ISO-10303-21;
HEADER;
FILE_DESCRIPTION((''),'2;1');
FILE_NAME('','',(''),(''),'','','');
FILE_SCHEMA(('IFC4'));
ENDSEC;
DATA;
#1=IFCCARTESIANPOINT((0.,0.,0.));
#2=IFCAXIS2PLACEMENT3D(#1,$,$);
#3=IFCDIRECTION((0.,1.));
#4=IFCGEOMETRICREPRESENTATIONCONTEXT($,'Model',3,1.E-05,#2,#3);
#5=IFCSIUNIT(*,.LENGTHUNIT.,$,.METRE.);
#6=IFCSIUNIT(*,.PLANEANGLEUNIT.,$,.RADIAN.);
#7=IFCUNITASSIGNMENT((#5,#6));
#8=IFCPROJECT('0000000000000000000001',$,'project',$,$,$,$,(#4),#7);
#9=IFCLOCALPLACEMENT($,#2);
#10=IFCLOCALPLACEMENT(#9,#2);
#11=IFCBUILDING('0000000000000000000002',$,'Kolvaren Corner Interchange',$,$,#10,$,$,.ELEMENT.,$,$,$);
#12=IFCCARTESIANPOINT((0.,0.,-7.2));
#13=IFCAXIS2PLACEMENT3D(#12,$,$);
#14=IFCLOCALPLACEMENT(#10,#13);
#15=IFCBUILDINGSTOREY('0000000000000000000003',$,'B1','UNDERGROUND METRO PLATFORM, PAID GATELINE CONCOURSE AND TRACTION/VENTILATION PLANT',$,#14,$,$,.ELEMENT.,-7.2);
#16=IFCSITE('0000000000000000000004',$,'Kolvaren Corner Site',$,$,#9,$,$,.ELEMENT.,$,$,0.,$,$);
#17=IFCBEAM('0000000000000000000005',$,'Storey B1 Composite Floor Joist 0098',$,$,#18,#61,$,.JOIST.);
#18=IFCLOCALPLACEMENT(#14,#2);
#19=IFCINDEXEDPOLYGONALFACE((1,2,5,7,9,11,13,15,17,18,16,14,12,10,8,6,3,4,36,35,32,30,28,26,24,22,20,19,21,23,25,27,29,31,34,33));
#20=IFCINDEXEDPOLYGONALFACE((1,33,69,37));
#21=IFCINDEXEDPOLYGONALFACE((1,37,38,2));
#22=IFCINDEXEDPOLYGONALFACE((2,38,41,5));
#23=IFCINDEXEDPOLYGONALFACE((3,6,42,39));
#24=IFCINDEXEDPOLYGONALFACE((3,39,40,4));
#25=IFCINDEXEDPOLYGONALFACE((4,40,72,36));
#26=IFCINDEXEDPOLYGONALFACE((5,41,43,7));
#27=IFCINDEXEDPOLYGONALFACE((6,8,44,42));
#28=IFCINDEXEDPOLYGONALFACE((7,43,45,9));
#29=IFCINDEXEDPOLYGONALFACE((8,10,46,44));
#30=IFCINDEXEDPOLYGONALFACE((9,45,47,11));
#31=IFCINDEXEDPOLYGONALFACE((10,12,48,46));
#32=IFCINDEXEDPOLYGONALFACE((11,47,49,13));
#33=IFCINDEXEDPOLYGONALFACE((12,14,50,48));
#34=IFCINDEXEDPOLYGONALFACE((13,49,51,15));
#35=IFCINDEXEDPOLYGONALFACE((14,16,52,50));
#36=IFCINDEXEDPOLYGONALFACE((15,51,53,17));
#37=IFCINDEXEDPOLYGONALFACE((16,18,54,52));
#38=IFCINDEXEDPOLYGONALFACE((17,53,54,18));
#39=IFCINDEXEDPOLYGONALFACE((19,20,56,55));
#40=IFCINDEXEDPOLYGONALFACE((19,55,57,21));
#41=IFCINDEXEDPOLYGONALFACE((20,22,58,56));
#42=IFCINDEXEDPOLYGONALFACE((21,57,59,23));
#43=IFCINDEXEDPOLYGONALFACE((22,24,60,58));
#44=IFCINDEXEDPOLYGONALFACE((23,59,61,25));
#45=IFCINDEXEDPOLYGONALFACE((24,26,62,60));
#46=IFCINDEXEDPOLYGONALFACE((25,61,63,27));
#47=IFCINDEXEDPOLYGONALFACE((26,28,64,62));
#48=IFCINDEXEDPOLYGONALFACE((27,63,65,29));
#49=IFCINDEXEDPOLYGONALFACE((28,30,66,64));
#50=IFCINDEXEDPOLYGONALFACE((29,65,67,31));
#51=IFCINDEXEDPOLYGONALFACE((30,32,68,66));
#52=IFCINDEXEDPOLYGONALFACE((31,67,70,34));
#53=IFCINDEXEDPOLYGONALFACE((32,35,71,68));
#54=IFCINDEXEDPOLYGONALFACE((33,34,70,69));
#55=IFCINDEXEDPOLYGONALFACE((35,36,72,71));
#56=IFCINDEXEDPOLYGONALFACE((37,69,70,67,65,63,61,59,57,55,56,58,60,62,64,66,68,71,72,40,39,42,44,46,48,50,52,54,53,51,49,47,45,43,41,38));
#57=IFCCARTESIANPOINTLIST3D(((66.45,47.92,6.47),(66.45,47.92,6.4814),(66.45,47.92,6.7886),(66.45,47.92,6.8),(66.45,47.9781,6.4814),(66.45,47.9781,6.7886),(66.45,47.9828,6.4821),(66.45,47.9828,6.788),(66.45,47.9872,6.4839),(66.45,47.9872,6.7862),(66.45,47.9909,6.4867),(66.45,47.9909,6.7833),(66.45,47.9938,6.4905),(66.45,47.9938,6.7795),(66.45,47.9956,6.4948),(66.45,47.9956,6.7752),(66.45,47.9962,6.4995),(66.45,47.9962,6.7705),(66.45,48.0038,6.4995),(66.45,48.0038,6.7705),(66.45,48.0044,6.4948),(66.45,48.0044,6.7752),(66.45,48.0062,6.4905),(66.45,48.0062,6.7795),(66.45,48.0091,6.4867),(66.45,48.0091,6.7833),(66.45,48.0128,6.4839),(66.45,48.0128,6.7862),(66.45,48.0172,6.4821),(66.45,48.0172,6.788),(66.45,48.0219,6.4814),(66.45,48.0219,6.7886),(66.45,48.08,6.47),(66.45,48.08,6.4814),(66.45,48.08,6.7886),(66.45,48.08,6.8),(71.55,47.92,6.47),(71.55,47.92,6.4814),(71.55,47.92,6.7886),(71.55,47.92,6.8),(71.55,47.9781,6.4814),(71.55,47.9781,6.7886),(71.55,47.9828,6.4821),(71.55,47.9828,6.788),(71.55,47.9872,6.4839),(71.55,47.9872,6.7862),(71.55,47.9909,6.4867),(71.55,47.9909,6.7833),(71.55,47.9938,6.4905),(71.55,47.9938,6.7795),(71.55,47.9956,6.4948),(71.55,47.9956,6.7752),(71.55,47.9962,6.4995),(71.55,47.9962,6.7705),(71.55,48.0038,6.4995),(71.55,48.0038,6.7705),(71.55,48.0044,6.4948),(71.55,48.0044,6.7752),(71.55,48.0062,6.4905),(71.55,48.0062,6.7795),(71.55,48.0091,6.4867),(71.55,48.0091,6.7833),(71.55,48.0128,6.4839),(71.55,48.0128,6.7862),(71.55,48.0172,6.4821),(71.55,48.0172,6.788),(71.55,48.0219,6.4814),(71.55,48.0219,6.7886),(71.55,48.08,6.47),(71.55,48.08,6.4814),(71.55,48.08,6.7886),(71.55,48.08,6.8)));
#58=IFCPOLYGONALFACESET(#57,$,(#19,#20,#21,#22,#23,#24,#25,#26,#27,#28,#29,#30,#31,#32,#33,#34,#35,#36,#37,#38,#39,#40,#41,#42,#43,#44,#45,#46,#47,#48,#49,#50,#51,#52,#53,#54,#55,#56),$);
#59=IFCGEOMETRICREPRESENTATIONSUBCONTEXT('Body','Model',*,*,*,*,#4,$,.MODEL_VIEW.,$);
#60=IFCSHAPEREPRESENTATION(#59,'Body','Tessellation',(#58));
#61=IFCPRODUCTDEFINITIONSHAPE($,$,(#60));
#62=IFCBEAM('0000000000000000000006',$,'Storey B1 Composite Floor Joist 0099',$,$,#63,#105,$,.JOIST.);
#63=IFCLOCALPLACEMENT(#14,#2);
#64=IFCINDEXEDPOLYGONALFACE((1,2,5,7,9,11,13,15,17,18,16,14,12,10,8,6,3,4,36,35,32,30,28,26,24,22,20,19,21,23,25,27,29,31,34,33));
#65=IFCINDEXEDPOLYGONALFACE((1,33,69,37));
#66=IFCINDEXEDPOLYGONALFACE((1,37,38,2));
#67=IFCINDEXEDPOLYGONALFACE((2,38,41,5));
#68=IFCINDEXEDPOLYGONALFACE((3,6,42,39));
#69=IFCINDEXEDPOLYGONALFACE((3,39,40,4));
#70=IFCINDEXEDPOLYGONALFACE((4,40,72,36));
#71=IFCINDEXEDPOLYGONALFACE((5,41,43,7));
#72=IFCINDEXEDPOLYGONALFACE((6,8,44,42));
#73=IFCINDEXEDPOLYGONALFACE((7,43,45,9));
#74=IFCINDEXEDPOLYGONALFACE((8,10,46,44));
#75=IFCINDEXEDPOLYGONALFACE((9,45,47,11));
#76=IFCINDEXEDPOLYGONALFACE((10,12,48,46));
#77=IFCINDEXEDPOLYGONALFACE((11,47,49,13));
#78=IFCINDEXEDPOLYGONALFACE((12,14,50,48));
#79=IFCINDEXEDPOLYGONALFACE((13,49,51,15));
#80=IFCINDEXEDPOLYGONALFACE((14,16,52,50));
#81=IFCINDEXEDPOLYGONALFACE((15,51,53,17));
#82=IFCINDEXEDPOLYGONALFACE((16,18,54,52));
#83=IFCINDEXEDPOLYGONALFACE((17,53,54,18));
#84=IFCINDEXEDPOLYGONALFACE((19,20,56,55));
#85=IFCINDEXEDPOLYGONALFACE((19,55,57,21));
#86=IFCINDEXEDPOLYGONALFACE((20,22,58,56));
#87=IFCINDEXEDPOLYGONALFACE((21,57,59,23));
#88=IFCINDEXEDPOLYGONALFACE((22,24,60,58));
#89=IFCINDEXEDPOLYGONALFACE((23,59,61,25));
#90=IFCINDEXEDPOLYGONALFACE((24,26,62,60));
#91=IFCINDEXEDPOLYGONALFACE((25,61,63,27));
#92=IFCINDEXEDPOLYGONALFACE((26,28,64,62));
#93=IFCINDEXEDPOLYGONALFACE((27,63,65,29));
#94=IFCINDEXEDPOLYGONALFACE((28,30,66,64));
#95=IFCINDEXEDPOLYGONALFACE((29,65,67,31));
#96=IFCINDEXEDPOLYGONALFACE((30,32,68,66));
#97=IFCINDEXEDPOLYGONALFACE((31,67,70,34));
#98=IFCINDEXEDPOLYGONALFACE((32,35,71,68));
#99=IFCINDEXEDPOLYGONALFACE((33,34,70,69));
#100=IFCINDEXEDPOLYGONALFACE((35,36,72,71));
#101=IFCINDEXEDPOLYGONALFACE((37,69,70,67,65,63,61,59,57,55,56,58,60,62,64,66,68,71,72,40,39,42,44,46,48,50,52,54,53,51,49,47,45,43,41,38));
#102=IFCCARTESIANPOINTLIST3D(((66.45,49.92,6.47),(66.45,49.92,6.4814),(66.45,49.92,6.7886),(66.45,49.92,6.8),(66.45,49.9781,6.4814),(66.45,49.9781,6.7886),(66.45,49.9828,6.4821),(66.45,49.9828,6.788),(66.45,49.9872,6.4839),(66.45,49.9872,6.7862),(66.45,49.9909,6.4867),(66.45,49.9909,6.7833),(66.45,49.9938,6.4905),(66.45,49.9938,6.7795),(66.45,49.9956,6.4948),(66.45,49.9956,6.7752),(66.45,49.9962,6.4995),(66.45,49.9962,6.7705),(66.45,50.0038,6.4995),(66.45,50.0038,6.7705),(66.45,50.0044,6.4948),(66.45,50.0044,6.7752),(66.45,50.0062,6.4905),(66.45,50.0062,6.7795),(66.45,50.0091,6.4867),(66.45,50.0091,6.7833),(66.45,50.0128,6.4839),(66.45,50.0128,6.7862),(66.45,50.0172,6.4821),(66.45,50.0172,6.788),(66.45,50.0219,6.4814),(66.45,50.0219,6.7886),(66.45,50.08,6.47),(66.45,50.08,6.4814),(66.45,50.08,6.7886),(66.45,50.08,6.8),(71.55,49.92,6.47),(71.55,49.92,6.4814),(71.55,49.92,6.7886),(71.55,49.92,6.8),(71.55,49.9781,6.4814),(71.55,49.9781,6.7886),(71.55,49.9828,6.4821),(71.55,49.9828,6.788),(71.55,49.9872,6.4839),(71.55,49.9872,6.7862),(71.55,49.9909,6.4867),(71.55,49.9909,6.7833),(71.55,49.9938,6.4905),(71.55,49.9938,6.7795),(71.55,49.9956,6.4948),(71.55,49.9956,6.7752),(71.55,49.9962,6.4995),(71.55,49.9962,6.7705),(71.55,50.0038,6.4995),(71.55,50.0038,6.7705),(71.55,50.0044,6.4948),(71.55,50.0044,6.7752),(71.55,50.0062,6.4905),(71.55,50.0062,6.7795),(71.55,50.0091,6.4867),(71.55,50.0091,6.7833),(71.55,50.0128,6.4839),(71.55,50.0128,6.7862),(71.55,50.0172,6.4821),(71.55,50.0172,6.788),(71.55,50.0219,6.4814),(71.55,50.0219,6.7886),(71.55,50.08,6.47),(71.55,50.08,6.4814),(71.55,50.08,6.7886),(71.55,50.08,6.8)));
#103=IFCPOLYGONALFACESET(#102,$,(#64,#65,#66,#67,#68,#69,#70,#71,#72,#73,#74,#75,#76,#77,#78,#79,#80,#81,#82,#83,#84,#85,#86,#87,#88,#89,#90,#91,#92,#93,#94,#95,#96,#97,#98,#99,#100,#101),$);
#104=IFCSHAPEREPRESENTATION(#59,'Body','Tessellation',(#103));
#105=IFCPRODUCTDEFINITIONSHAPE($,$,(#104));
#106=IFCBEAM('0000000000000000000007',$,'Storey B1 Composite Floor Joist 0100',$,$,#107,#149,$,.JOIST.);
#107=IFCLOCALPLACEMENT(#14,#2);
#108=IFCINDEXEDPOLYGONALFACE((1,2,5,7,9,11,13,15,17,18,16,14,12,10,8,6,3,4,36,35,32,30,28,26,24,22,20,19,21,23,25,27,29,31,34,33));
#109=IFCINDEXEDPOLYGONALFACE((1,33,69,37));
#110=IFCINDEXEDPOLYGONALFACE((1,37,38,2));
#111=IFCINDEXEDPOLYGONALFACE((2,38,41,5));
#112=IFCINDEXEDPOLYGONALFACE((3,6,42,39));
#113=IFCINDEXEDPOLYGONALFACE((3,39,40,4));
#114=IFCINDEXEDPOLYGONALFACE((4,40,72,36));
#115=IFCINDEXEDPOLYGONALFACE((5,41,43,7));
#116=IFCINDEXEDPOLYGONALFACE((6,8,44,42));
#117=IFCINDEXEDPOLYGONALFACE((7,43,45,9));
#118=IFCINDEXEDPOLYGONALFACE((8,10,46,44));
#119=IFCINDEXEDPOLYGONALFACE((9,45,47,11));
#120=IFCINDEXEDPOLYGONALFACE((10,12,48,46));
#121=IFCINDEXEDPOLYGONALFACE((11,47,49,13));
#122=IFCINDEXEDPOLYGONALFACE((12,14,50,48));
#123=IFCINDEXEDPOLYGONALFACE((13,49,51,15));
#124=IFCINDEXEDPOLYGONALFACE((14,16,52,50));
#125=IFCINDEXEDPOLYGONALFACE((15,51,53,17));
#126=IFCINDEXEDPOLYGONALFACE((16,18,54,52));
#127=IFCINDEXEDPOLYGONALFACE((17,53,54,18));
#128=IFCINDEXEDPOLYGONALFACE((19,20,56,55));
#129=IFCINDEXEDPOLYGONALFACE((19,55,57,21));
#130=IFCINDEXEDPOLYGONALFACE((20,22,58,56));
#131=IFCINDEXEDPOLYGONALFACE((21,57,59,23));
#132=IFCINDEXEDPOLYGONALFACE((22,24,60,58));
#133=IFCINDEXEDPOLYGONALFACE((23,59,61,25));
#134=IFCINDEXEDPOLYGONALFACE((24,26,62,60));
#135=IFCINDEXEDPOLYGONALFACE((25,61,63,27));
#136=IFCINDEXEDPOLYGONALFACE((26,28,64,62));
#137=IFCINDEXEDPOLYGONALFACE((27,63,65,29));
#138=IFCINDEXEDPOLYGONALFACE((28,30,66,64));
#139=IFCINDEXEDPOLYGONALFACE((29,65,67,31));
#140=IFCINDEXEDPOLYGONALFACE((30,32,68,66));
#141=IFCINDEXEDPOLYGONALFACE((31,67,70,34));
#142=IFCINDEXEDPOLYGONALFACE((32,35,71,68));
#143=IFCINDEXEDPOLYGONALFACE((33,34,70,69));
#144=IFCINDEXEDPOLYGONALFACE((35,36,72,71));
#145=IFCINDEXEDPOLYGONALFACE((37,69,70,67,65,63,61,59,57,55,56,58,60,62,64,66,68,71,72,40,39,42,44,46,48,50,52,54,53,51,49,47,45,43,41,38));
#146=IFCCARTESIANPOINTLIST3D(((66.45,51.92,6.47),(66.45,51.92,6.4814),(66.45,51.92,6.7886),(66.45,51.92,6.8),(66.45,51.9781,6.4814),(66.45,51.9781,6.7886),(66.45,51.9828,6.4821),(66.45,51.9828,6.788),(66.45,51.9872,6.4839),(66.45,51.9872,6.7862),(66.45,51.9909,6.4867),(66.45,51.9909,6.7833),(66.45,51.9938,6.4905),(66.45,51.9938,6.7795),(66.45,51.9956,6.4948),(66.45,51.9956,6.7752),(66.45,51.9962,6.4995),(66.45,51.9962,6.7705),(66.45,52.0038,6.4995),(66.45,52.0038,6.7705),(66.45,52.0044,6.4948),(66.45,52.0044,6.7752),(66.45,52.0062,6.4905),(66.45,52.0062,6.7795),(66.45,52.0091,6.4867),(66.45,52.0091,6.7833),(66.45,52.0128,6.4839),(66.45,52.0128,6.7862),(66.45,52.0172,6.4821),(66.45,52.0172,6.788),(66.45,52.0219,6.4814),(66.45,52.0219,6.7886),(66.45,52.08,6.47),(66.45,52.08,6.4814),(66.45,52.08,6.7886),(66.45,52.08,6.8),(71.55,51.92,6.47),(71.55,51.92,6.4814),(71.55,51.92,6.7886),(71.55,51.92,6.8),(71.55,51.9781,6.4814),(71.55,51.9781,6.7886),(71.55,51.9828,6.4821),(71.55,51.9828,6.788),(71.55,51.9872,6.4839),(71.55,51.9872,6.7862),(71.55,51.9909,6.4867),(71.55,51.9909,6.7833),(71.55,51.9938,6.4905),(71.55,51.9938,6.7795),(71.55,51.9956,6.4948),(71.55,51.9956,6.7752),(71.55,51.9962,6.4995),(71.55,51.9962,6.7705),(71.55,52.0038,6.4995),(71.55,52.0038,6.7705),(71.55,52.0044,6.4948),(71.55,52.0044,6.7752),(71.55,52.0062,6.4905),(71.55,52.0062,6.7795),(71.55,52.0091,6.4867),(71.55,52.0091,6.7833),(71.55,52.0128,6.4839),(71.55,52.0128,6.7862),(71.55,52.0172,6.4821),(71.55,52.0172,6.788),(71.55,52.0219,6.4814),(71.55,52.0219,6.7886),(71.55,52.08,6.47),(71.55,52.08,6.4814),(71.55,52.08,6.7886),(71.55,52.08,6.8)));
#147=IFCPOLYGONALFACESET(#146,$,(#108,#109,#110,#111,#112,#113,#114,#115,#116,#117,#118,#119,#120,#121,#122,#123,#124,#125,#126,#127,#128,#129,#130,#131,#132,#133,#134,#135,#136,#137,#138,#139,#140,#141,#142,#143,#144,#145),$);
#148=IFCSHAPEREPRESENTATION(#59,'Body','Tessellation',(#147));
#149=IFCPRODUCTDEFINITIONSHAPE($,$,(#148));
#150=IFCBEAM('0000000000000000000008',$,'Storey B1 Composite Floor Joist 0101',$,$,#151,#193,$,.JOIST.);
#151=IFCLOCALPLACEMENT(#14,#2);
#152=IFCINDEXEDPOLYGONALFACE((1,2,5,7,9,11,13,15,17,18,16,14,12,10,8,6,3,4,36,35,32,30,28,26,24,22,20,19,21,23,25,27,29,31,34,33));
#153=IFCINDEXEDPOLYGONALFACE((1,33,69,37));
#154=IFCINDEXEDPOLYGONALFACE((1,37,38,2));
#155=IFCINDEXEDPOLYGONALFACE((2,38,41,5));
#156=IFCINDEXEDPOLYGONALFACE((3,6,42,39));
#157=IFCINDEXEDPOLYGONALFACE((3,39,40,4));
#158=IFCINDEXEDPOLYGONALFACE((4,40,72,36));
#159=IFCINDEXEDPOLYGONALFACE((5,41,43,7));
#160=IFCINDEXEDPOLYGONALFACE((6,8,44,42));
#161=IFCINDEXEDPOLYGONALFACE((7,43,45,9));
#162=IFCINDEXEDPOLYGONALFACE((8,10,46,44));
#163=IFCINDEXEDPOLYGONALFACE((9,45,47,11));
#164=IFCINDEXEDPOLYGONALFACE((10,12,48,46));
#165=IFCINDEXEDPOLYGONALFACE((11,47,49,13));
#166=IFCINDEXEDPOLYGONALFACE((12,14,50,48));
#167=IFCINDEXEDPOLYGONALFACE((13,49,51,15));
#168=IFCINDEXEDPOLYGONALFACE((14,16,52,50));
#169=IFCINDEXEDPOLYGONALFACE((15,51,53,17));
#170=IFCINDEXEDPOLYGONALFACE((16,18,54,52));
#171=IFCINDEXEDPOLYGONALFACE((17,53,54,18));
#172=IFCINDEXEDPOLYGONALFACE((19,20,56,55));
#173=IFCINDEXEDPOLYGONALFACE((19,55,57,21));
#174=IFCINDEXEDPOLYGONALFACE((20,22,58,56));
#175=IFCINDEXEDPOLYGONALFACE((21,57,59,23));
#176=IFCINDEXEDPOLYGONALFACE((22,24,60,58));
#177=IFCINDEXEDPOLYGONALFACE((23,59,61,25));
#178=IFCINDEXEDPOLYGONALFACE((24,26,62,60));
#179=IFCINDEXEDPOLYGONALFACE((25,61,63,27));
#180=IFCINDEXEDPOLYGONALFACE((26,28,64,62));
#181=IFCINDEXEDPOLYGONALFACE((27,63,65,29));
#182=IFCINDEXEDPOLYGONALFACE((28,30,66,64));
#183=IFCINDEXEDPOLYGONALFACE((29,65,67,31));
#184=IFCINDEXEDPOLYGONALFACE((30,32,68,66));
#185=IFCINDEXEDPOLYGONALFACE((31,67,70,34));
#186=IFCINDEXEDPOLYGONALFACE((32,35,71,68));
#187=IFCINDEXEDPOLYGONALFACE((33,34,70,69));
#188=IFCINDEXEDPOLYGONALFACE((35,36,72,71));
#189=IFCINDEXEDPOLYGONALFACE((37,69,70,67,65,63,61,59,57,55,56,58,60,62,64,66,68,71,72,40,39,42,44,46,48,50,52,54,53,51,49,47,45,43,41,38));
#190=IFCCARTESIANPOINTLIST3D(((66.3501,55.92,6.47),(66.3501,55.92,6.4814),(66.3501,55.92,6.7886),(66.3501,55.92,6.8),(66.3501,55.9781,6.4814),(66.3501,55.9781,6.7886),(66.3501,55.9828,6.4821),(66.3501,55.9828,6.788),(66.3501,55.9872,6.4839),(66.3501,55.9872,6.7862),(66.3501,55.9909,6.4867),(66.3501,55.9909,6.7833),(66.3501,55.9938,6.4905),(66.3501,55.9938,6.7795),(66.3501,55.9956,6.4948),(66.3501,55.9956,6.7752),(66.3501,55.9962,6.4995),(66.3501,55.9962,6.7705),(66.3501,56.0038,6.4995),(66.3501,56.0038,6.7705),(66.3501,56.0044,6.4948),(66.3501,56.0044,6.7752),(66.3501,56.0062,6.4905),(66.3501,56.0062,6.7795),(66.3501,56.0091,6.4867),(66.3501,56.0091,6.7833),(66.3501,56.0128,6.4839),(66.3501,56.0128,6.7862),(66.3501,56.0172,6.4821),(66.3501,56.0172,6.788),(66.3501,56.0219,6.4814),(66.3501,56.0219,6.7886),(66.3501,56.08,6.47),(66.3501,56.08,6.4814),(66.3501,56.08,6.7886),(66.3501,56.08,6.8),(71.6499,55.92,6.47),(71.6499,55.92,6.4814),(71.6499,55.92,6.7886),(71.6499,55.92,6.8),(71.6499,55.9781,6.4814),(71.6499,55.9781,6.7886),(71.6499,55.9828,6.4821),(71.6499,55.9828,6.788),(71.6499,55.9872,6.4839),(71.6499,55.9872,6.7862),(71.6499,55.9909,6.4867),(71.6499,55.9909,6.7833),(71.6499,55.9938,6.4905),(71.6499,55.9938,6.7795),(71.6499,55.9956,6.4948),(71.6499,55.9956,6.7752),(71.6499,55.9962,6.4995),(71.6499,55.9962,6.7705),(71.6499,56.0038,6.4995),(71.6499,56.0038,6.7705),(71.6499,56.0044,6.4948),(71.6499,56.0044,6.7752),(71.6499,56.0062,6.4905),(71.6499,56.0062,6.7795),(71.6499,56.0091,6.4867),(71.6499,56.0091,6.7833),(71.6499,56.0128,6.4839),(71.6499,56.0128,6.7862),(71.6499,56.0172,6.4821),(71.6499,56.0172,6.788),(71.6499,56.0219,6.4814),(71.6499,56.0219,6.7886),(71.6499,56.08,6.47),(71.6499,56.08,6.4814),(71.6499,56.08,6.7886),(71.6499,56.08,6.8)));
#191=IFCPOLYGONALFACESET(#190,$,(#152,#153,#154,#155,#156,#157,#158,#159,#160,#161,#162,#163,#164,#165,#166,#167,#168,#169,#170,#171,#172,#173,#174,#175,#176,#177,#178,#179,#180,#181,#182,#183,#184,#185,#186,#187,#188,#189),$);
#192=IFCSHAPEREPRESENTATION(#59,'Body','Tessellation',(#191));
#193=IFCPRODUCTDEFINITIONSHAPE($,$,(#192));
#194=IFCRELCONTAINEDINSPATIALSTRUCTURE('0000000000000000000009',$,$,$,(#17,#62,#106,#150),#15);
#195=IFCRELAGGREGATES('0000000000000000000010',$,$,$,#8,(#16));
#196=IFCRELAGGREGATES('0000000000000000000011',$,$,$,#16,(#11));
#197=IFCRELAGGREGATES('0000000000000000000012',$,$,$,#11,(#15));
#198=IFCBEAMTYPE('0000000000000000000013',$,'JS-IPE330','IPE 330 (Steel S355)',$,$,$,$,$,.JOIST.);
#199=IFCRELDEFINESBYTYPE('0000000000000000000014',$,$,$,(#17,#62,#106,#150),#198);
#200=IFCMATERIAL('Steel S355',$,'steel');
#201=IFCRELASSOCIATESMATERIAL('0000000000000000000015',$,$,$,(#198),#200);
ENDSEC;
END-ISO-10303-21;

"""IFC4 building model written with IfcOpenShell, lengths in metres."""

from ifc_helpers import new_model, si_unit, direction, frame, origin, origin_2d, place, context, subcontext, project, spatial, i_section, extrude, material, material_profile, profile_set, type_object, element, save


model = new_model("IFC4")

# Units and contexts
model_context = context("Model", 3, precision=1e-05, world=origin(), true_north=direction((0.0, 1.0)))
body_context = subcontext(model_context, "Body", "Model", "MODEL_VIEW")
ifc_project = project(units=[si_unit("LENGTHUNIT", "METRE"), si_unit("PLANEANGLEUNIT", "RADIAN")], contexts=[model_context])

# Site, building, storey
site_placement = place(None, origin())
site = spatial("IfcSite", under=ifc_project, at=site_placement, Name="Kolvaren Corner Site", CompositionType="ELEMENT", RefElevation=0.0)
building_placement = place(site_placement, origin())
building = spatial("IfcBuilding", under=site, at=building_placement, Name="Kolvaren Corner Interchange", CompositionType="ELEMENT")
storey_placement = place(building_placement, frame((0.0, 0.0, -7.2)))
storey = spatial("IfcBuildingStorey", under=building, at=storey_placement, Name="B1", Description="UNDERGROUND METRO PLATFORM, PAID GATELINE CONCOURSE AND TRACTION/VENTILATION PLANT", CompositionType="ELEMENT", Elevation=-7.2)

# Beams
ifc_material_1 = material(Name="Steel S355", Category="steel")
ifc_material_profile_1 = material_profile(ifc_material_1, i_section(OverallWidth=0.1599, OverallDepth=0.3301, WebThickness=0.0076, FlangeThickness=0.0115, FilletRadius=0.0181, at=origin_2d()), Name="IPE 330")
ifc_profile_set_1 = profile_set([ifc_material_profile_1], Name="Steel S355")
beam_type_1 = type_object("IfcBeamType", Name="JS-IPE330", Description="IPE 330 (Steel S355)", PredefinedType="JOIST", material=ifc_profile_set_1)
for number, where, z_axis, x_axis, name in (
    (1, (66.45, 48.0, 6.635), (1.0, 0.0, 0.0), (0.0, 1.0, 0.0), "Storey B1 Composite Floor Joist 0098"),
    (2, (66.45, 50.0, 6.635), (1.0, 0.0, 0.0), (0.0, 1.0, 0.0), "Storey B1 Composite Floor Joist 0099"),
    (3, (66.45, 52.0, 6.635), (1.0, 0.0, 0.0), (0.0, 1.0, 0.0), "Storey B1 Composite Floor Joist 0100"),
):
    element("IfcBeam", number, at=place(storey_placement, frame(where, z_axis=z_axis, x_axis=x_axis)), inside=storey, type_object=beam_type_1, Name=name, PredefinedType="JOIST", context=body_context, shape_type="SweptSolid", body=[
        extrude(i_section(OverallWidth=0.1599, OverallDepth=0.3301, WebThickness=0.0076, FlangeThickness=0.0115, FilletRadius=0.0181, at=origin_2d()), origin(), (0.0, 0.0, 1.0), 5.1001),
    ])
beam_placement = place(storey_placement, frame((66.3501, 56.0, 6.635), z_axis=(1.0, 0.0, 0.0), x_axis=(0.0, 1.0, 0.0)))
element("IfcBeam", 4, at=beam_placement, inside=storey, type_object=beam_type_1, Name="Storey B1 Composite Floor Joist 0101", PredefinedType="JOIST", context=body_context, shape_type="SweptSolid", body=[
    extrude(i_section(OverallWidth=0.1599, OverallDepth=0.3301, WebThickness=0.0076, FlangeThickness=0.0115, FilletRadius=0.0181, at=origin_2d()), origin(), (0.0, 0.0, 1.0), 5.2998),
])

save(model, "model.ifc")
